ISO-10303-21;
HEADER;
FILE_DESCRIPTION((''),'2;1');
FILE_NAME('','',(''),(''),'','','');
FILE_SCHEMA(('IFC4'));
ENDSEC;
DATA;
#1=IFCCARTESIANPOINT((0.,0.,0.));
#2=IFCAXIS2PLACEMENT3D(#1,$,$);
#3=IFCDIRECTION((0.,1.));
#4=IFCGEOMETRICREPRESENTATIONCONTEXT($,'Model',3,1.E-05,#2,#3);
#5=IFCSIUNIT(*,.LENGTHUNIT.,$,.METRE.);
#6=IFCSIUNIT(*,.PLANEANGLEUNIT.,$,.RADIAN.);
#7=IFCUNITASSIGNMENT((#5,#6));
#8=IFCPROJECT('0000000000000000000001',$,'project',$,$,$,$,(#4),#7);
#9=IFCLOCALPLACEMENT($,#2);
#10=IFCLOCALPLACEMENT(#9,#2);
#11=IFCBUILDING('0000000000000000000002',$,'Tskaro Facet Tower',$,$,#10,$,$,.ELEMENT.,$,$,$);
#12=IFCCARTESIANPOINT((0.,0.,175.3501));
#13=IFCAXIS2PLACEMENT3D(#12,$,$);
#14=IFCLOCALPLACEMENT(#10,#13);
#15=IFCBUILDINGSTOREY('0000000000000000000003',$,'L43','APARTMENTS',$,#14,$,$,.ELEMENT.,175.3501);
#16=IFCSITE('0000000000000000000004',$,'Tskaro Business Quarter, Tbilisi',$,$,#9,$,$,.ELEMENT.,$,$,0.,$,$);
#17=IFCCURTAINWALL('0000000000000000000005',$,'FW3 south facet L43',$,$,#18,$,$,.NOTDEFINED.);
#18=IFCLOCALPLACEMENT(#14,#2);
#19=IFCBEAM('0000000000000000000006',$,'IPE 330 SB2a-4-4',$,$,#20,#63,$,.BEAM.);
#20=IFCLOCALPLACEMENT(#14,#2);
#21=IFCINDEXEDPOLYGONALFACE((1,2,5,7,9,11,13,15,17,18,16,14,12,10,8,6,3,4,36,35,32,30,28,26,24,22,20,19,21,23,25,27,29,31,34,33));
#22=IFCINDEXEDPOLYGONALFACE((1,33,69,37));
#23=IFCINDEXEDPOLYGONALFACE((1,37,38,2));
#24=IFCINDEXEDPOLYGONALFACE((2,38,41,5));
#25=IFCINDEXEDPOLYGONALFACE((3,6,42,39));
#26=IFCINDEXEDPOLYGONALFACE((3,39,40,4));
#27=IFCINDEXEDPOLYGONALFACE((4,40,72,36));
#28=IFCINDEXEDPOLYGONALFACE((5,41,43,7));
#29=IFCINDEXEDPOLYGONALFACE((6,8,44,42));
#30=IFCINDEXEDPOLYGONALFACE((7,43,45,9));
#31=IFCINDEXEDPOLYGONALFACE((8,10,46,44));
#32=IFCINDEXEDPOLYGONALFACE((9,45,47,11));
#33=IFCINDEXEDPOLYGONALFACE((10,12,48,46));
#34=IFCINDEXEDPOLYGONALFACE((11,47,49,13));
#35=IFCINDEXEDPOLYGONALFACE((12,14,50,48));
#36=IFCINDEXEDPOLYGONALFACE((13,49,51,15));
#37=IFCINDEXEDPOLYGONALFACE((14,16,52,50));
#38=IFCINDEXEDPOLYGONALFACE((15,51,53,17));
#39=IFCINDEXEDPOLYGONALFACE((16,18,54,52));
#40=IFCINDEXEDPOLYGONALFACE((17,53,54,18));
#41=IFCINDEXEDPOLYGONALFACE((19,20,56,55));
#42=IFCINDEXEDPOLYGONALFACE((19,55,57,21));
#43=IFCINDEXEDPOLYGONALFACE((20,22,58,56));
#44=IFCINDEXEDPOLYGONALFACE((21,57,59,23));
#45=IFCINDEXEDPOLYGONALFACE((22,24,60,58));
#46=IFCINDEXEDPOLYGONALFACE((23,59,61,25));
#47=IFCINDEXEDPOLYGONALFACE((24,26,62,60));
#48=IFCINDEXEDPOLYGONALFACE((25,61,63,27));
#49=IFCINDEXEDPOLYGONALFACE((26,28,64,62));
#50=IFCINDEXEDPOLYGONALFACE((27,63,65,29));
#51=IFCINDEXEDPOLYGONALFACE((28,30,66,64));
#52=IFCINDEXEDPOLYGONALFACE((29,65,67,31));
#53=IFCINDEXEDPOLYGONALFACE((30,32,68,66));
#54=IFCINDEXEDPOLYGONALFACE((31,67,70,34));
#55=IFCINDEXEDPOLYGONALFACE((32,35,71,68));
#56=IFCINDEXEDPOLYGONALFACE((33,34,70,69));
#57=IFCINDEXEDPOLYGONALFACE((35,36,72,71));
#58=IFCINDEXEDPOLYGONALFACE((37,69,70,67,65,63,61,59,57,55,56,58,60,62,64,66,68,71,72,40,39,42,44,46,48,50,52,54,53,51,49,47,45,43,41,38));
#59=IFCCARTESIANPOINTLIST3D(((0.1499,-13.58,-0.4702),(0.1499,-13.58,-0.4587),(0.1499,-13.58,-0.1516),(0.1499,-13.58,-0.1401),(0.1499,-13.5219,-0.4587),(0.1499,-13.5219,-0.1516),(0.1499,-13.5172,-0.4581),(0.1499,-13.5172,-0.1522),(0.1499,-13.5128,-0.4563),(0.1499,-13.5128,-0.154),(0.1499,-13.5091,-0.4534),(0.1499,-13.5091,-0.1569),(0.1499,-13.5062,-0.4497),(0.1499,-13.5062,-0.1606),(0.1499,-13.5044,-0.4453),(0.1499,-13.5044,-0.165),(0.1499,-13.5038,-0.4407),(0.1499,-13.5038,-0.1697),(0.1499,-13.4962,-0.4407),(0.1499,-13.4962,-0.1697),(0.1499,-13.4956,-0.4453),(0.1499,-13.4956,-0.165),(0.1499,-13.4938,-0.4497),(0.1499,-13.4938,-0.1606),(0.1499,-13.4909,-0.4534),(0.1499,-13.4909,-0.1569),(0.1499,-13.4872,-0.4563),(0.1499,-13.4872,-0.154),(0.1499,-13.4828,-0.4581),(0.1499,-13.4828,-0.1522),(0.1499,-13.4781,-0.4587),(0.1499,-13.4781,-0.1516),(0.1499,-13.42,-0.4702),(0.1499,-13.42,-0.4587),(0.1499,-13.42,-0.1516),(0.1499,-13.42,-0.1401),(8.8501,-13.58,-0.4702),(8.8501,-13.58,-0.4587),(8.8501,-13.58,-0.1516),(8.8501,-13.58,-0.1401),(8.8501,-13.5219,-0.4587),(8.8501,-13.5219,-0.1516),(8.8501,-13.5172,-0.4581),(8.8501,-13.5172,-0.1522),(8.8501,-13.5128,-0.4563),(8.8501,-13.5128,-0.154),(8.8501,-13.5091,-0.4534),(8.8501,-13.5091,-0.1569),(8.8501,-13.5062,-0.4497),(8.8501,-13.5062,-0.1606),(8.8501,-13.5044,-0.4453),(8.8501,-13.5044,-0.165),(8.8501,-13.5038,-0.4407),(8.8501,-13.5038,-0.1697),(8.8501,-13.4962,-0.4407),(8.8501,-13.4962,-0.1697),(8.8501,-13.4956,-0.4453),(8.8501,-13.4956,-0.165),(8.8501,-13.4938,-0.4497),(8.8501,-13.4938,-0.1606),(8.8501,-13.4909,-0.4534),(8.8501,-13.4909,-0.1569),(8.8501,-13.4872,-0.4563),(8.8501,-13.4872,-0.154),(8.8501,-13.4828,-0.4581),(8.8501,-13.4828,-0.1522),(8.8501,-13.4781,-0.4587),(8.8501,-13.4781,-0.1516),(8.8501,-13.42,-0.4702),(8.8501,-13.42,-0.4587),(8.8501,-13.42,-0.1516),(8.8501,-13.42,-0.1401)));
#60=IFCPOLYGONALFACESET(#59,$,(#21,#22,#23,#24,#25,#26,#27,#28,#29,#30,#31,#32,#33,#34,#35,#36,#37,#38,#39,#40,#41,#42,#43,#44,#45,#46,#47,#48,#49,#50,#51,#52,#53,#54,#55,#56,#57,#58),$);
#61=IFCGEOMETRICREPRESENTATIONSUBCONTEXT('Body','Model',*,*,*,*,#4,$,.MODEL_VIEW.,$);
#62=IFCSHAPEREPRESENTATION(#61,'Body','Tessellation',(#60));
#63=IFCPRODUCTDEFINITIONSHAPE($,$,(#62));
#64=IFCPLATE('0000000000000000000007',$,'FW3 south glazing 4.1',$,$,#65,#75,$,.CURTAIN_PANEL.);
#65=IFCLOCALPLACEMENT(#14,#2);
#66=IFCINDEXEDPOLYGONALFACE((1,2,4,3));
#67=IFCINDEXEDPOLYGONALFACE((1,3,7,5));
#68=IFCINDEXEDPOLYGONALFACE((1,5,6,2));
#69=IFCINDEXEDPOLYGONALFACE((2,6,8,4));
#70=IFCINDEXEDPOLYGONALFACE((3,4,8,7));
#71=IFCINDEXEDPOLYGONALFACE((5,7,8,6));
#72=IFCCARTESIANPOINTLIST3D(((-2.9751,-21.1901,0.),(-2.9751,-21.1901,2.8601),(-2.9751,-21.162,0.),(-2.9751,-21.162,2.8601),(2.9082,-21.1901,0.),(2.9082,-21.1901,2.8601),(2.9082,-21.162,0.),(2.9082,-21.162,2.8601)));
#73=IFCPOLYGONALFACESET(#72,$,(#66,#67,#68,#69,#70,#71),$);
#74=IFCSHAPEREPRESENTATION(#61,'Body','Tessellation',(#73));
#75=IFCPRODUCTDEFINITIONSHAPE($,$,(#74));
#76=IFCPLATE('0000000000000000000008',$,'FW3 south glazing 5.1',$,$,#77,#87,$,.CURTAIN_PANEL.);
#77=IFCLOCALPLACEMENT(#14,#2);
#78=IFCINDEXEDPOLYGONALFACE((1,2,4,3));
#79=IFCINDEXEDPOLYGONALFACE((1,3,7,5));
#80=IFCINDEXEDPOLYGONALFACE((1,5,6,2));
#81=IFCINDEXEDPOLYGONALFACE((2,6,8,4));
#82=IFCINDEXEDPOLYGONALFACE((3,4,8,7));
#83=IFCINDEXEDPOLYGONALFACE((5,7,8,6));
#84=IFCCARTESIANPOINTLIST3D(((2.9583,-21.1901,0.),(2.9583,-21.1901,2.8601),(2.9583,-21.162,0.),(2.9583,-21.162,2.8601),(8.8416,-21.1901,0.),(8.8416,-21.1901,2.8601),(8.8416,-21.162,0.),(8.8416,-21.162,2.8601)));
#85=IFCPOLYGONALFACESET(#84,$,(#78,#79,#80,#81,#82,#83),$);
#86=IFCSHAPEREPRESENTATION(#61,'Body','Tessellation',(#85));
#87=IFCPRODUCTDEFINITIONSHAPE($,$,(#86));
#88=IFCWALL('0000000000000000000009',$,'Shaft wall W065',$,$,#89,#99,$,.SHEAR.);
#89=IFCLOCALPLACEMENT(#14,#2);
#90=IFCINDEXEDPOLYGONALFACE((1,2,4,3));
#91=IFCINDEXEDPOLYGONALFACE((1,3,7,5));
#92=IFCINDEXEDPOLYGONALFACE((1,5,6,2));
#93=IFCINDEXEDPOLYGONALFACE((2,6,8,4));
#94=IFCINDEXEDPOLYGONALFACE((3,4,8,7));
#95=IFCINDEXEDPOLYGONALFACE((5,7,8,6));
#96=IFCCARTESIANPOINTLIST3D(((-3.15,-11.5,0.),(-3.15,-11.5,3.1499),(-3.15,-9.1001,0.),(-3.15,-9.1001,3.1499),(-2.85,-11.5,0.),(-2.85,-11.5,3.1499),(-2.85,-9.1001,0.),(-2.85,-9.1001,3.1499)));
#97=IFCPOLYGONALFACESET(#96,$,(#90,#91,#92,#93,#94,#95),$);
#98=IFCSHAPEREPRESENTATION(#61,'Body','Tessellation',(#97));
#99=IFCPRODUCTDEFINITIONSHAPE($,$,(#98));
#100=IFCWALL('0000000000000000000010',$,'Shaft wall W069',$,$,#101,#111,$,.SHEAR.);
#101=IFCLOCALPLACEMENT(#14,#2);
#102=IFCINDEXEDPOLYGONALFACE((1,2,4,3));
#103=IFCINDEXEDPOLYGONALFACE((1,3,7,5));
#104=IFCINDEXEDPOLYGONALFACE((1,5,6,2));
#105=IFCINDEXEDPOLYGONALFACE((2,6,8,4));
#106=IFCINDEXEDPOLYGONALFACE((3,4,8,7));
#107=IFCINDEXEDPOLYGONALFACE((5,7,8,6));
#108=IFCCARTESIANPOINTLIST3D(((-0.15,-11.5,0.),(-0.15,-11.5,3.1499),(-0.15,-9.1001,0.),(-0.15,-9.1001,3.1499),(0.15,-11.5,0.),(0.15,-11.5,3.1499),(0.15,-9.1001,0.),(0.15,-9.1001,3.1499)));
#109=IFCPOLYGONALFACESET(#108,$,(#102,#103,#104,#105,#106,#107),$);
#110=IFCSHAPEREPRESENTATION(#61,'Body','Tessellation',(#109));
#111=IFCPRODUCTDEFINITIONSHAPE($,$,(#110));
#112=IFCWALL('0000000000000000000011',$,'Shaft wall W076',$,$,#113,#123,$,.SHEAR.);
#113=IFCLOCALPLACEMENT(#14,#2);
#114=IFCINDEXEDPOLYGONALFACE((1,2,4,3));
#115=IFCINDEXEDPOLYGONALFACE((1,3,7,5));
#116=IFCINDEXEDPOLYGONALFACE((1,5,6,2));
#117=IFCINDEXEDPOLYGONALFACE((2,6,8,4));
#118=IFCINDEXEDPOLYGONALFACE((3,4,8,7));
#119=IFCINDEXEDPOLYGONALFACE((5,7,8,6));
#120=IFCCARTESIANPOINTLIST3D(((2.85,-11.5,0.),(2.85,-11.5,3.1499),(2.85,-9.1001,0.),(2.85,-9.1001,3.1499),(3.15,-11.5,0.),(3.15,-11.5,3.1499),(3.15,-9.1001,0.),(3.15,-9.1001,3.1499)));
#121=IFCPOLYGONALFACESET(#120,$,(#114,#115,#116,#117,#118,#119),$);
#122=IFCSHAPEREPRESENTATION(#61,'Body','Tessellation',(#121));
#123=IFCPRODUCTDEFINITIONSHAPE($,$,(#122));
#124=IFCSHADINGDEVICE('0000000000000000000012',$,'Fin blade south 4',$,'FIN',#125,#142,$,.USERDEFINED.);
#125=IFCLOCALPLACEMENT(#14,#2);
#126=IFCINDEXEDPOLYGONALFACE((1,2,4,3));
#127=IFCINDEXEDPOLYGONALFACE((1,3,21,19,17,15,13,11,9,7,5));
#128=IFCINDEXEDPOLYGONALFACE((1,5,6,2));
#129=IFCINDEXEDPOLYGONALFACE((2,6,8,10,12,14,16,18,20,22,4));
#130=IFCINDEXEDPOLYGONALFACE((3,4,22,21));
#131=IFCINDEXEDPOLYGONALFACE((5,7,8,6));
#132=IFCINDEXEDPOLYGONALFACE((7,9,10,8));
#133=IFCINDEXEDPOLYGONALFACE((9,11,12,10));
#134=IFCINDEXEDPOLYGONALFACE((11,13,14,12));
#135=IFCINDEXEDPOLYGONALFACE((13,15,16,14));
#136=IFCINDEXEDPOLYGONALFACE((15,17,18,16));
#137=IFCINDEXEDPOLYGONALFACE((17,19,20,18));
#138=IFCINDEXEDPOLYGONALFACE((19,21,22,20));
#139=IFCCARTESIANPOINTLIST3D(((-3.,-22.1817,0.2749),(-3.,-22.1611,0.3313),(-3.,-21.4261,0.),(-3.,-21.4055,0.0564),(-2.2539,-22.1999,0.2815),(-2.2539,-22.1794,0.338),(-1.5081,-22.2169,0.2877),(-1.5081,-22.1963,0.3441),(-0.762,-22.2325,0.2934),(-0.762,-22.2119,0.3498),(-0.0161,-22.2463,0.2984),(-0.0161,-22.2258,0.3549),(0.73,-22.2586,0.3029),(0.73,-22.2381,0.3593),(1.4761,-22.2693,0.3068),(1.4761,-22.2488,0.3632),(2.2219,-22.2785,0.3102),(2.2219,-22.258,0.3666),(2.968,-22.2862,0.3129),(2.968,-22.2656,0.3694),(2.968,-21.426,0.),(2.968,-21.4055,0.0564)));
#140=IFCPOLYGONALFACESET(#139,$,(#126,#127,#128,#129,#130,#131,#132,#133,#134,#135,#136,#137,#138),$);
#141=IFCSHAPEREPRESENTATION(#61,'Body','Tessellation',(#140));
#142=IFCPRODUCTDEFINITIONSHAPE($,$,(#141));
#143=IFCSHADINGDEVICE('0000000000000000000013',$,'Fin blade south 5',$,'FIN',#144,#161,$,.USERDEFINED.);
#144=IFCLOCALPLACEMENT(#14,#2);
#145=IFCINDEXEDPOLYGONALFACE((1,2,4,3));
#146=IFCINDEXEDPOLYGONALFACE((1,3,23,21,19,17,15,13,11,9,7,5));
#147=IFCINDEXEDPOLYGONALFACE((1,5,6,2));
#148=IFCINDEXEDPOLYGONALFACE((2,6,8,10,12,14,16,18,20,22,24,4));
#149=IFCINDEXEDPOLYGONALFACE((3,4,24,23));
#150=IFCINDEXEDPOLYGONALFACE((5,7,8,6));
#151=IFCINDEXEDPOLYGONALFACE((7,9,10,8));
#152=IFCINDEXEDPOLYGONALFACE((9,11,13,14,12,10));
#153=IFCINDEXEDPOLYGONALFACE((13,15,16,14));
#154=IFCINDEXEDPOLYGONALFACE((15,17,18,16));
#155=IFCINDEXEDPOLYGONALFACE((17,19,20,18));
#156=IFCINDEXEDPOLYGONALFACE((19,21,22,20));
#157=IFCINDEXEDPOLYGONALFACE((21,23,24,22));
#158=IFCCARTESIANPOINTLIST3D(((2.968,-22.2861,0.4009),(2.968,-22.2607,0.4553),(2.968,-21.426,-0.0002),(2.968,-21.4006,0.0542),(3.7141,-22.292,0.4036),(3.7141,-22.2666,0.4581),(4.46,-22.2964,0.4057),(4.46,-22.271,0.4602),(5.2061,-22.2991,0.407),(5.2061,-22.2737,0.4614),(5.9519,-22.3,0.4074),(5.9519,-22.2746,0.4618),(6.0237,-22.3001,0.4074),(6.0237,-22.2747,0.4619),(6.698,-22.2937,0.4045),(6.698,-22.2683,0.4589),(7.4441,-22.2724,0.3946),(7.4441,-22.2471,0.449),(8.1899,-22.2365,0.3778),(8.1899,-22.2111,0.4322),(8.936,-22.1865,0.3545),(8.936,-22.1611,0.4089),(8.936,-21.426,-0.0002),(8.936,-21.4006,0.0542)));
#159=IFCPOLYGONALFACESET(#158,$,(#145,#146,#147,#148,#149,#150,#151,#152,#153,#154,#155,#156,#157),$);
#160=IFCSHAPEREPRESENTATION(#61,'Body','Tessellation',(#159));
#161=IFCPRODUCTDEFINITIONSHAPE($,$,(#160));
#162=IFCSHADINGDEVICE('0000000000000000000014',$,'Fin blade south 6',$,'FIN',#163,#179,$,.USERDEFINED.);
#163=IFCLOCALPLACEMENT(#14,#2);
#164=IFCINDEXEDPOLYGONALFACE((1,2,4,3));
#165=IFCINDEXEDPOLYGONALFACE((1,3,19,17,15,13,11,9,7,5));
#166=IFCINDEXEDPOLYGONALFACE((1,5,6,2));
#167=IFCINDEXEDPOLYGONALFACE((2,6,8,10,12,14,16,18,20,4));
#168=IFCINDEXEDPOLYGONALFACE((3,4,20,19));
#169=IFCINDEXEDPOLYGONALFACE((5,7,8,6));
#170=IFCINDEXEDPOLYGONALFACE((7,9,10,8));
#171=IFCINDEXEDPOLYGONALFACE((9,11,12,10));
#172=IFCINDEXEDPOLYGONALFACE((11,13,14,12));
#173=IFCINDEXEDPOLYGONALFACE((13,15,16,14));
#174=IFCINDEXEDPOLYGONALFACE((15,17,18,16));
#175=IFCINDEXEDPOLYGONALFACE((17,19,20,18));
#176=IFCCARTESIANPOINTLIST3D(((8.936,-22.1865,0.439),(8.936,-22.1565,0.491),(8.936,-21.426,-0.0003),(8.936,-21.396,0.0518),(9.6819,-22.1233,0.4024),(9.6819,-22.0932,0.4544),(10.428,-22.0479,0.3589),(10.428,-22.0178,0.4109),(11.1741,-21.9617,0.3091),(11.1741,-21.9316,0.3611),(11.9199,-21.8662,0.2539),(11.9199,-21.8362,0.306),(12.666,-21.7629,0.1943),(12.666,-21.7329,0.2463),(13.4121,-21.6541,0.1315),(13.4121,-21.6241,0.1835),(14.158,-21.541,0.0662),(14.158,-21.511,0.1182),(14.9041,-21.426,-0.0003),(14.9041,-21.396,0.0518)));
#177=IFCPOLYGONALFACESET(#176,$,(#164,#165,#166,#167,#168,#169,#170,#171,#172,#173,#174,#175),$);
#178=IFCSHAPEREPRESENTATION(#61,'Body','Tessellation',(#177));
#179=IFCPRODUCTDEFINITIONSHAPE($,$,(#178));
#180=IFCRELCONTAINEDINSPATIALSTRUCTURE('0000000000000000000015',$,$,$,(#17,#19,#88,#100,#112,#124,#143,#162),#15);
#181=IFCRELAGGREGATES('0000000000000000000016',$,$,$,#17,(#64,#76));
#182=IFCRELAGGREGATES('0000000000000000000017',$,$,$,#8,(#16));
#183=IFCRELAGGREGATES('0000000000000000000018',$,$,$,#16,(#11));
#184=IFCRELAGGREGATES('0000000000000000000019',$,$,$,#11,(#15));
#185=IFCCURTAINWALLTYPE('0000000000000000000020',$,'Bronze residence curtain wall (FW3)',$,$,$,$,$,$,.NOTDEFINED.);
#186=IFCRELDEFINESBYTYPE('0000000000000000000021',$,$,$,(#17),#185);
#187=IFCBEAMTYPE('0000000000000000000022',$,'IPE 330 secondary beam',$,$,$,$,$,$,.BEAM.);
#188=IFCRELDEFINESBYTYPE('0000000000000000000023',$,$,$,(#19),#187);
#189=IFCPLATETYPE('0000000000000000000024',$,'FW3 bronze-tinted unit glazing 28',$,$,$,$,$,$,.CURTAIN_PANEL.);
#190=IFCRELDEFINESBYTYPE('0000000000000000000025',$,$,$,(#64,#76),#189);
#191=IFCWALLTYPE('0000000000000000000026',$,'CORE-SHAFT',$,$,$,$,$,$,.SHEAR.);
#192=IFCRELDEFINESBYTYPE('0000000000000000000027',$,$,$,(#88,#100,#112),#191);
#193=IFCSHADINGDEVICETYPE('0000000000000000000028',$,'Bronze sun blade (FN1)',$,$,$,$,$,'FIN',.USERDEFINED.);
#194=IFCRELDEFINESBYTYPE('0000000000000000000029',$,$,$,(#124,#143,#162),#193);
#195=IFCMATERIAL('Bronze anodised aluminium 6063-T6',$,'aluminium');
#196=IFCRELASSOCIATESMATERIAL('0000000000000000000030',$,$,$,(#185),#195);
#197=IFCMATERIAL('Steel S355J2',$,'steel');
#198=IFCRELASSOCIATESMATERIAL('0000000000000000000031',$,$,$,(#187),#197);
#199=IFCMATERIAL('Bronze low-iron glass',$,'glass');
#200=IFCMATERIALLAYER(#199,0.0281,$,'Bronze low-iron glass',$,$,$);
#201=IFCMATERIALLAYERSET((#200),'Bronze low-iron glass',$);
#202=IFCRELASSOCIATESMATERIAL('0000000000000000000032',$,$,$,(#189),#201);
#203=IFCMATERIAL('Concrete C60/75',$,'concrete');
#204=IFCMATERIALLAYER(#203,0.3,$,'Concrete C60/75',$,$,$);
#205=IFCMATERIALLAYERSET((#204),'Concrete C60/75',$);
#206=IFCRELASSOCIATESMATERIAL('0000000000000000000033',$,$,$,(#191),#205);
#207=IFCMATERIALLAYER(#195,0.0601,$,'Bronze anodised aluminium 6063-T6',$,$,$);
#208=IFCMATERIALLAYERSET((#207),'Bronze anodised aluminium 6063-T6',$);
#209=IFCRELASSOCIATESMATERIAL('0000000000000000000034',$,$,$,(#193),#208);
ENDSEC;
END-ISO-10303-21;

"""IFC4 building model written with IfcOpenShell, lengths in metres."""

from ifc_helpers import new_model, si_unit, direction, frame, frame_2d, origin, origin_2d, place, context, subcontext, project, spatial, polyline, rectangle, i_section, outline, extrude, material, layer, layer_set, material_profile, profile_set, type_object, element, aggregate, save


model = new_model("IFC4")

# Units and contexts
model_context = context("Model", 3, precision=1e-05, world=origin(), true_north=direction((0.0, 1.0)))
body_context = subcontext(model_context, "Body", "Model", "MODEL_VIEW")
ifc_project = project(units=[si_unit("LENGTHUNIT", "METRE"), si_unit("PLANEANGLEUNIT", "RADIAN")], contexts=[model_context])

# Site, building, storey
site_placement = place(None, origin())
site = spatial("IfcSite", under=ifc_project, at=site_placement, Name="Tskaro Business Quarter, Tbilisi", CompositionType="ELEMENT", RefElevation=0.0)
building_placement = place(site_placement, origin())
building = spatial("IfcBuilding", under=site, at=building_placement, Name="Tskaro Facet Tower", CompositionType="ELEMENT")
storey_placement = place(building_placement, frame((0.0, 0.0, 175.3501)))
storey = spatial("IfcBuildingStorey", under=building, at=storey_placement, Name="L43", Description="APARTMENTS", CompositionType="ELEMENT", Elevation=175.3501)

# Curtain wall
ifc_material_1 = material(Name="Bronze anodised aluminium 6063-T6", Category="aluminium")
curtain_wall_type = type_object("IfcCurtainWallType", Name="Bronze residence curtain wall (FW3)", PredefinedType="NOTDEFINED", material=ifc_material_1)
curtain_wall_placement = place(storey_placement, origin())
curtain_wall = element("IfcCurtainWall", 1, at=curtain_wall_placement, inside=storey, type_object=curtain_wall_type, Name="FW3 south facet L43", PredefinedType="NOTDEFINED")

# Beam
ifc_material_2 = material(Name="Steel S355J2", Category="steel")
ifc_material_profile_1 = material_profile(ifc_material_2, i_section(OverallWidth=0.1599, OverallDepth=0.3301, WebThickness=0.0076, FlangeThickness=0.0115, FilletRadius=0.0181, at=origin_2d()), Name="IPE 330")
ifc_profile_set_1 = profile_set([ifc_material_profile_1], Name="Steel S355J2")
beam_type_1 = type_object("IfcBeamType", Name="IPE 330 secondary beam", PredefinedType="BEAM", material=ifc_profile_set_1)
beam_1_placement = place(storey_placement, frame((0.1499, -13.5, -0.3052), z_axis=(1.0, 0.0, 0.0), x_axis=(0.0, 1.0, 0.0)))
element("IfcBeam", 2, at=beam_1_placement, inside=storey, type_object=beam_type_1, Name="IPE 330 SB2a-4-4", PredefinedType="BEAM", context=body_context, shape_type="SweptSolid", body=[
    extrude(i_section(OverallWidth=0.1599, OverallDepth=0.3301, WebThickness=0.0076, FlangeThickness=0.0115, FilletRadius=0.0181, at=origin_2d()), origin(), (0.0, 0.0, 1.0), 8.7002),
])

# Plates
ifc_material_3 = material(Name="Bronze low-iron glass", Category="glass")
ifc_layer_1 = layer(ifc_material_3, 0.0281, Name="Bronze low-iron glass")
ifc_layer_set_1 = layer_set([ifc_layer_1], Name="Bronze low-iron glass")
plate_type = type_object("IfcPlateType", Name="FW3 bronze-tinted unit glazing 28", PredefinedType="CURTAIN_PANEL", material=ifc_layer_set_1)
plate_1_placement = place(storey_placement, frame((-0.0334, -21.176, 0.0), z_axis=(0.0, 0.0, 1.0), x_axis=(1.0, 0.0, 0.0)))
plate_1 = element("IfcPlate", 3, at=plate_1_placement, type_object=plate_type, Name="FW3 south glazing 4.1", PredefinedType="CURTAIN_PANEL", context=body_context, shape_type="SweptSolid", body=[
    extrude(rectangle(XDim=5.8833, YDim=0.0281, at=origin_2d()), origin(), (0.0, 0.0, 1.0), 2.8601),
])
plate_2_placement = place(storey_placement, frame((5.8999, -21.176, 0.0), z_axis=(0.0, 0.0, 1.0), x_axis=(1.0, 0.0, 0.0)))
plate_2 = element("IfcPlate", 4, at=plate_2_placement, type_object=plate_type, Name="FW3 south glazing 5.1", PredefinedType="CURTAIN_PANEL", context=body_context, shape_type="SweptSolid", body=[
    extrude(rectangle(XDim=5.8833, YDim=0.0281, at=origin_2d()), origin(), (0.0, 0.0, 1.0), 2.8601),
])
aggregate(curtain_wall, [plate_1, plate_2])

# Walls
ifc_material_4 = material(Name="Concrete C60/75", Category="concrete")
ifc_layer_2 = layer(ifc_material_4, 0.3, Name="Concrete C60/75")
ifc_layer_set_2 = layer_set([ifc_layer_2], Name="Concrete C60/75")
wall_type = type_object("IfcWallType", Name="CORE-SHAFT", PredefinedType="SHEAR", material=ifc_layer_set_2)
for number, where, z_axis, x_axis, name in (
    (5, (-3.0, -11.5, 0.0), (0.0, 0.0, 1.0), (0.0, 1.0, 0.0), "Shaft wall W065"),
    (6, (0.0, -11.5, 0.0), (0.0, 0.0, 1.0), (0.0, 1.0, 0.0), "Shaft wall W069"),
    (7, (3.0, -11.5, 0.0), (0.0, 0.0, 1.0), (0.0, 1.0, 0.0), "Shaft wall W076"),
):
    element("IfcWall", number, at=place(storey_placement, frame(where, z_axis=z_axis, x_axis=x_axis)), inside=storey, type_object=wall_type, Name=name, PredefinedType="SHEAR", context=body_context, shape_type="SweptSolid", body=[
        extrude(rectangle(XDim=2.3999, YDim=0.3, at=frame_2d((1.2, 0.0))), origin(), (0.0, 0.0, 1.0), 3.1499),
    ])

# Shading devices
ifc_layer_3 = layer(ifc_material_1, 0.0601, Name="Bronze anodised aluminium 6063-T6")
ifc_layer_set_3 = layer_set([ifc_layer_3], Name="Bronze anodised aluminium 6063-T6")
shading_device_type = type_object("IfcShadingDeviceType", Name="Bronze sun blade (FN1)", ElementType="FIN", PredefinedType="USERDEFINED", material=ifc_layer_set_3)
shading_device_1_placement = place(storey_placement, frame((-3.0, -21.4055, 0.0564), z_axis=(-0.000005, 0.341912, 0.939732), x_axis=(1.0, 0.000002, 0.000005)))
element("IfcShadingDevice", 8, at=shading_device_1_placement, inside=storey, type_object=shading_device_type, Name="Fin blade south 4", ObjectType="FIN", PredefinedType="USERDEFINED", context=body_context, shape_type="SweptSolid", body=[
    extrude(outline(polyline([(0.0, 0.0), (5.968, 0.0), (5.968, -0.9153), (5.2219, -0.9072), (4.4761, -0.8974), (3.73, -0.8859), (2.9839, -0.8729), (2.238, -0.8581), (1.4919, -0.8415), (0.7461, -0.8235), (0.0, -0.8041), (0.0, 0.0)])), origin(), (0.0, 0.0, -1.0), 0.0601),
])
shading_device_2_placement = place(storey_placement, frame((2.968, -21.4006, 0.0542), z_axis=(-0.000005, 0.422682, 0.906278), x_axis=(1.0, 0.000002, 0.000004)))
element("IfcShadingDevice", 9, at=shading_device_2_placement, inside=storey, type_object=shading_device_type, Name="Fin blade south 5", ObjectType="FIN", PredefinedType="USERDEFINED", context=body_context, shape_type="SweptSolid", body=[
    extrude(outline(polyline([(0.0, 0.0), (5.968, 0.0), (5.968, -0.8392), (5.2219, -0.8943), (4.4761, -0.934), (3.73, -0.9575), (3.0557, -0.9644), (2.9839, -0.9643), (2.238, -0.9634), (1.4919, -0.9604), (0.7461, -0.9555), (0.0, -0.949), (0.0, 0.0)])), origin(), (0.0, 0.0, -1.0), 0.0601),
])
shading_device_3_placement = place(storey_placement, frame((8.936, -21.396, 0.0518), z_axis=(0.0, 0.500107, 0.865964), x_axis=(1.0, 0.0, 0.0)))
element("IfcShadingDevice", 10, at=shading_device_3_placement, inside=storey, type_object=shading_device_type, Name="Fin blade south 6", ObjectType="FIN", PredefinedType="USERDEFINED", context=body_context, shape_type="SweptSolid", body=[
    extrude(outline(polyline([(0.0, 0.0), (5.968, 0.0), (5.2219, -0.1328), (4.4761, -0.2634), (3.73, -0.3891), (2.9839, -0.5083), (2.238, -0.6185), (1.4919, -0.7181), (0.7458, -0.8051), (0.0, -0.8782), (0.0, 0.0)])), origin(), (0.0, 0.0, -1.0), 0.0601),
])

save(model, "model.ifc")
